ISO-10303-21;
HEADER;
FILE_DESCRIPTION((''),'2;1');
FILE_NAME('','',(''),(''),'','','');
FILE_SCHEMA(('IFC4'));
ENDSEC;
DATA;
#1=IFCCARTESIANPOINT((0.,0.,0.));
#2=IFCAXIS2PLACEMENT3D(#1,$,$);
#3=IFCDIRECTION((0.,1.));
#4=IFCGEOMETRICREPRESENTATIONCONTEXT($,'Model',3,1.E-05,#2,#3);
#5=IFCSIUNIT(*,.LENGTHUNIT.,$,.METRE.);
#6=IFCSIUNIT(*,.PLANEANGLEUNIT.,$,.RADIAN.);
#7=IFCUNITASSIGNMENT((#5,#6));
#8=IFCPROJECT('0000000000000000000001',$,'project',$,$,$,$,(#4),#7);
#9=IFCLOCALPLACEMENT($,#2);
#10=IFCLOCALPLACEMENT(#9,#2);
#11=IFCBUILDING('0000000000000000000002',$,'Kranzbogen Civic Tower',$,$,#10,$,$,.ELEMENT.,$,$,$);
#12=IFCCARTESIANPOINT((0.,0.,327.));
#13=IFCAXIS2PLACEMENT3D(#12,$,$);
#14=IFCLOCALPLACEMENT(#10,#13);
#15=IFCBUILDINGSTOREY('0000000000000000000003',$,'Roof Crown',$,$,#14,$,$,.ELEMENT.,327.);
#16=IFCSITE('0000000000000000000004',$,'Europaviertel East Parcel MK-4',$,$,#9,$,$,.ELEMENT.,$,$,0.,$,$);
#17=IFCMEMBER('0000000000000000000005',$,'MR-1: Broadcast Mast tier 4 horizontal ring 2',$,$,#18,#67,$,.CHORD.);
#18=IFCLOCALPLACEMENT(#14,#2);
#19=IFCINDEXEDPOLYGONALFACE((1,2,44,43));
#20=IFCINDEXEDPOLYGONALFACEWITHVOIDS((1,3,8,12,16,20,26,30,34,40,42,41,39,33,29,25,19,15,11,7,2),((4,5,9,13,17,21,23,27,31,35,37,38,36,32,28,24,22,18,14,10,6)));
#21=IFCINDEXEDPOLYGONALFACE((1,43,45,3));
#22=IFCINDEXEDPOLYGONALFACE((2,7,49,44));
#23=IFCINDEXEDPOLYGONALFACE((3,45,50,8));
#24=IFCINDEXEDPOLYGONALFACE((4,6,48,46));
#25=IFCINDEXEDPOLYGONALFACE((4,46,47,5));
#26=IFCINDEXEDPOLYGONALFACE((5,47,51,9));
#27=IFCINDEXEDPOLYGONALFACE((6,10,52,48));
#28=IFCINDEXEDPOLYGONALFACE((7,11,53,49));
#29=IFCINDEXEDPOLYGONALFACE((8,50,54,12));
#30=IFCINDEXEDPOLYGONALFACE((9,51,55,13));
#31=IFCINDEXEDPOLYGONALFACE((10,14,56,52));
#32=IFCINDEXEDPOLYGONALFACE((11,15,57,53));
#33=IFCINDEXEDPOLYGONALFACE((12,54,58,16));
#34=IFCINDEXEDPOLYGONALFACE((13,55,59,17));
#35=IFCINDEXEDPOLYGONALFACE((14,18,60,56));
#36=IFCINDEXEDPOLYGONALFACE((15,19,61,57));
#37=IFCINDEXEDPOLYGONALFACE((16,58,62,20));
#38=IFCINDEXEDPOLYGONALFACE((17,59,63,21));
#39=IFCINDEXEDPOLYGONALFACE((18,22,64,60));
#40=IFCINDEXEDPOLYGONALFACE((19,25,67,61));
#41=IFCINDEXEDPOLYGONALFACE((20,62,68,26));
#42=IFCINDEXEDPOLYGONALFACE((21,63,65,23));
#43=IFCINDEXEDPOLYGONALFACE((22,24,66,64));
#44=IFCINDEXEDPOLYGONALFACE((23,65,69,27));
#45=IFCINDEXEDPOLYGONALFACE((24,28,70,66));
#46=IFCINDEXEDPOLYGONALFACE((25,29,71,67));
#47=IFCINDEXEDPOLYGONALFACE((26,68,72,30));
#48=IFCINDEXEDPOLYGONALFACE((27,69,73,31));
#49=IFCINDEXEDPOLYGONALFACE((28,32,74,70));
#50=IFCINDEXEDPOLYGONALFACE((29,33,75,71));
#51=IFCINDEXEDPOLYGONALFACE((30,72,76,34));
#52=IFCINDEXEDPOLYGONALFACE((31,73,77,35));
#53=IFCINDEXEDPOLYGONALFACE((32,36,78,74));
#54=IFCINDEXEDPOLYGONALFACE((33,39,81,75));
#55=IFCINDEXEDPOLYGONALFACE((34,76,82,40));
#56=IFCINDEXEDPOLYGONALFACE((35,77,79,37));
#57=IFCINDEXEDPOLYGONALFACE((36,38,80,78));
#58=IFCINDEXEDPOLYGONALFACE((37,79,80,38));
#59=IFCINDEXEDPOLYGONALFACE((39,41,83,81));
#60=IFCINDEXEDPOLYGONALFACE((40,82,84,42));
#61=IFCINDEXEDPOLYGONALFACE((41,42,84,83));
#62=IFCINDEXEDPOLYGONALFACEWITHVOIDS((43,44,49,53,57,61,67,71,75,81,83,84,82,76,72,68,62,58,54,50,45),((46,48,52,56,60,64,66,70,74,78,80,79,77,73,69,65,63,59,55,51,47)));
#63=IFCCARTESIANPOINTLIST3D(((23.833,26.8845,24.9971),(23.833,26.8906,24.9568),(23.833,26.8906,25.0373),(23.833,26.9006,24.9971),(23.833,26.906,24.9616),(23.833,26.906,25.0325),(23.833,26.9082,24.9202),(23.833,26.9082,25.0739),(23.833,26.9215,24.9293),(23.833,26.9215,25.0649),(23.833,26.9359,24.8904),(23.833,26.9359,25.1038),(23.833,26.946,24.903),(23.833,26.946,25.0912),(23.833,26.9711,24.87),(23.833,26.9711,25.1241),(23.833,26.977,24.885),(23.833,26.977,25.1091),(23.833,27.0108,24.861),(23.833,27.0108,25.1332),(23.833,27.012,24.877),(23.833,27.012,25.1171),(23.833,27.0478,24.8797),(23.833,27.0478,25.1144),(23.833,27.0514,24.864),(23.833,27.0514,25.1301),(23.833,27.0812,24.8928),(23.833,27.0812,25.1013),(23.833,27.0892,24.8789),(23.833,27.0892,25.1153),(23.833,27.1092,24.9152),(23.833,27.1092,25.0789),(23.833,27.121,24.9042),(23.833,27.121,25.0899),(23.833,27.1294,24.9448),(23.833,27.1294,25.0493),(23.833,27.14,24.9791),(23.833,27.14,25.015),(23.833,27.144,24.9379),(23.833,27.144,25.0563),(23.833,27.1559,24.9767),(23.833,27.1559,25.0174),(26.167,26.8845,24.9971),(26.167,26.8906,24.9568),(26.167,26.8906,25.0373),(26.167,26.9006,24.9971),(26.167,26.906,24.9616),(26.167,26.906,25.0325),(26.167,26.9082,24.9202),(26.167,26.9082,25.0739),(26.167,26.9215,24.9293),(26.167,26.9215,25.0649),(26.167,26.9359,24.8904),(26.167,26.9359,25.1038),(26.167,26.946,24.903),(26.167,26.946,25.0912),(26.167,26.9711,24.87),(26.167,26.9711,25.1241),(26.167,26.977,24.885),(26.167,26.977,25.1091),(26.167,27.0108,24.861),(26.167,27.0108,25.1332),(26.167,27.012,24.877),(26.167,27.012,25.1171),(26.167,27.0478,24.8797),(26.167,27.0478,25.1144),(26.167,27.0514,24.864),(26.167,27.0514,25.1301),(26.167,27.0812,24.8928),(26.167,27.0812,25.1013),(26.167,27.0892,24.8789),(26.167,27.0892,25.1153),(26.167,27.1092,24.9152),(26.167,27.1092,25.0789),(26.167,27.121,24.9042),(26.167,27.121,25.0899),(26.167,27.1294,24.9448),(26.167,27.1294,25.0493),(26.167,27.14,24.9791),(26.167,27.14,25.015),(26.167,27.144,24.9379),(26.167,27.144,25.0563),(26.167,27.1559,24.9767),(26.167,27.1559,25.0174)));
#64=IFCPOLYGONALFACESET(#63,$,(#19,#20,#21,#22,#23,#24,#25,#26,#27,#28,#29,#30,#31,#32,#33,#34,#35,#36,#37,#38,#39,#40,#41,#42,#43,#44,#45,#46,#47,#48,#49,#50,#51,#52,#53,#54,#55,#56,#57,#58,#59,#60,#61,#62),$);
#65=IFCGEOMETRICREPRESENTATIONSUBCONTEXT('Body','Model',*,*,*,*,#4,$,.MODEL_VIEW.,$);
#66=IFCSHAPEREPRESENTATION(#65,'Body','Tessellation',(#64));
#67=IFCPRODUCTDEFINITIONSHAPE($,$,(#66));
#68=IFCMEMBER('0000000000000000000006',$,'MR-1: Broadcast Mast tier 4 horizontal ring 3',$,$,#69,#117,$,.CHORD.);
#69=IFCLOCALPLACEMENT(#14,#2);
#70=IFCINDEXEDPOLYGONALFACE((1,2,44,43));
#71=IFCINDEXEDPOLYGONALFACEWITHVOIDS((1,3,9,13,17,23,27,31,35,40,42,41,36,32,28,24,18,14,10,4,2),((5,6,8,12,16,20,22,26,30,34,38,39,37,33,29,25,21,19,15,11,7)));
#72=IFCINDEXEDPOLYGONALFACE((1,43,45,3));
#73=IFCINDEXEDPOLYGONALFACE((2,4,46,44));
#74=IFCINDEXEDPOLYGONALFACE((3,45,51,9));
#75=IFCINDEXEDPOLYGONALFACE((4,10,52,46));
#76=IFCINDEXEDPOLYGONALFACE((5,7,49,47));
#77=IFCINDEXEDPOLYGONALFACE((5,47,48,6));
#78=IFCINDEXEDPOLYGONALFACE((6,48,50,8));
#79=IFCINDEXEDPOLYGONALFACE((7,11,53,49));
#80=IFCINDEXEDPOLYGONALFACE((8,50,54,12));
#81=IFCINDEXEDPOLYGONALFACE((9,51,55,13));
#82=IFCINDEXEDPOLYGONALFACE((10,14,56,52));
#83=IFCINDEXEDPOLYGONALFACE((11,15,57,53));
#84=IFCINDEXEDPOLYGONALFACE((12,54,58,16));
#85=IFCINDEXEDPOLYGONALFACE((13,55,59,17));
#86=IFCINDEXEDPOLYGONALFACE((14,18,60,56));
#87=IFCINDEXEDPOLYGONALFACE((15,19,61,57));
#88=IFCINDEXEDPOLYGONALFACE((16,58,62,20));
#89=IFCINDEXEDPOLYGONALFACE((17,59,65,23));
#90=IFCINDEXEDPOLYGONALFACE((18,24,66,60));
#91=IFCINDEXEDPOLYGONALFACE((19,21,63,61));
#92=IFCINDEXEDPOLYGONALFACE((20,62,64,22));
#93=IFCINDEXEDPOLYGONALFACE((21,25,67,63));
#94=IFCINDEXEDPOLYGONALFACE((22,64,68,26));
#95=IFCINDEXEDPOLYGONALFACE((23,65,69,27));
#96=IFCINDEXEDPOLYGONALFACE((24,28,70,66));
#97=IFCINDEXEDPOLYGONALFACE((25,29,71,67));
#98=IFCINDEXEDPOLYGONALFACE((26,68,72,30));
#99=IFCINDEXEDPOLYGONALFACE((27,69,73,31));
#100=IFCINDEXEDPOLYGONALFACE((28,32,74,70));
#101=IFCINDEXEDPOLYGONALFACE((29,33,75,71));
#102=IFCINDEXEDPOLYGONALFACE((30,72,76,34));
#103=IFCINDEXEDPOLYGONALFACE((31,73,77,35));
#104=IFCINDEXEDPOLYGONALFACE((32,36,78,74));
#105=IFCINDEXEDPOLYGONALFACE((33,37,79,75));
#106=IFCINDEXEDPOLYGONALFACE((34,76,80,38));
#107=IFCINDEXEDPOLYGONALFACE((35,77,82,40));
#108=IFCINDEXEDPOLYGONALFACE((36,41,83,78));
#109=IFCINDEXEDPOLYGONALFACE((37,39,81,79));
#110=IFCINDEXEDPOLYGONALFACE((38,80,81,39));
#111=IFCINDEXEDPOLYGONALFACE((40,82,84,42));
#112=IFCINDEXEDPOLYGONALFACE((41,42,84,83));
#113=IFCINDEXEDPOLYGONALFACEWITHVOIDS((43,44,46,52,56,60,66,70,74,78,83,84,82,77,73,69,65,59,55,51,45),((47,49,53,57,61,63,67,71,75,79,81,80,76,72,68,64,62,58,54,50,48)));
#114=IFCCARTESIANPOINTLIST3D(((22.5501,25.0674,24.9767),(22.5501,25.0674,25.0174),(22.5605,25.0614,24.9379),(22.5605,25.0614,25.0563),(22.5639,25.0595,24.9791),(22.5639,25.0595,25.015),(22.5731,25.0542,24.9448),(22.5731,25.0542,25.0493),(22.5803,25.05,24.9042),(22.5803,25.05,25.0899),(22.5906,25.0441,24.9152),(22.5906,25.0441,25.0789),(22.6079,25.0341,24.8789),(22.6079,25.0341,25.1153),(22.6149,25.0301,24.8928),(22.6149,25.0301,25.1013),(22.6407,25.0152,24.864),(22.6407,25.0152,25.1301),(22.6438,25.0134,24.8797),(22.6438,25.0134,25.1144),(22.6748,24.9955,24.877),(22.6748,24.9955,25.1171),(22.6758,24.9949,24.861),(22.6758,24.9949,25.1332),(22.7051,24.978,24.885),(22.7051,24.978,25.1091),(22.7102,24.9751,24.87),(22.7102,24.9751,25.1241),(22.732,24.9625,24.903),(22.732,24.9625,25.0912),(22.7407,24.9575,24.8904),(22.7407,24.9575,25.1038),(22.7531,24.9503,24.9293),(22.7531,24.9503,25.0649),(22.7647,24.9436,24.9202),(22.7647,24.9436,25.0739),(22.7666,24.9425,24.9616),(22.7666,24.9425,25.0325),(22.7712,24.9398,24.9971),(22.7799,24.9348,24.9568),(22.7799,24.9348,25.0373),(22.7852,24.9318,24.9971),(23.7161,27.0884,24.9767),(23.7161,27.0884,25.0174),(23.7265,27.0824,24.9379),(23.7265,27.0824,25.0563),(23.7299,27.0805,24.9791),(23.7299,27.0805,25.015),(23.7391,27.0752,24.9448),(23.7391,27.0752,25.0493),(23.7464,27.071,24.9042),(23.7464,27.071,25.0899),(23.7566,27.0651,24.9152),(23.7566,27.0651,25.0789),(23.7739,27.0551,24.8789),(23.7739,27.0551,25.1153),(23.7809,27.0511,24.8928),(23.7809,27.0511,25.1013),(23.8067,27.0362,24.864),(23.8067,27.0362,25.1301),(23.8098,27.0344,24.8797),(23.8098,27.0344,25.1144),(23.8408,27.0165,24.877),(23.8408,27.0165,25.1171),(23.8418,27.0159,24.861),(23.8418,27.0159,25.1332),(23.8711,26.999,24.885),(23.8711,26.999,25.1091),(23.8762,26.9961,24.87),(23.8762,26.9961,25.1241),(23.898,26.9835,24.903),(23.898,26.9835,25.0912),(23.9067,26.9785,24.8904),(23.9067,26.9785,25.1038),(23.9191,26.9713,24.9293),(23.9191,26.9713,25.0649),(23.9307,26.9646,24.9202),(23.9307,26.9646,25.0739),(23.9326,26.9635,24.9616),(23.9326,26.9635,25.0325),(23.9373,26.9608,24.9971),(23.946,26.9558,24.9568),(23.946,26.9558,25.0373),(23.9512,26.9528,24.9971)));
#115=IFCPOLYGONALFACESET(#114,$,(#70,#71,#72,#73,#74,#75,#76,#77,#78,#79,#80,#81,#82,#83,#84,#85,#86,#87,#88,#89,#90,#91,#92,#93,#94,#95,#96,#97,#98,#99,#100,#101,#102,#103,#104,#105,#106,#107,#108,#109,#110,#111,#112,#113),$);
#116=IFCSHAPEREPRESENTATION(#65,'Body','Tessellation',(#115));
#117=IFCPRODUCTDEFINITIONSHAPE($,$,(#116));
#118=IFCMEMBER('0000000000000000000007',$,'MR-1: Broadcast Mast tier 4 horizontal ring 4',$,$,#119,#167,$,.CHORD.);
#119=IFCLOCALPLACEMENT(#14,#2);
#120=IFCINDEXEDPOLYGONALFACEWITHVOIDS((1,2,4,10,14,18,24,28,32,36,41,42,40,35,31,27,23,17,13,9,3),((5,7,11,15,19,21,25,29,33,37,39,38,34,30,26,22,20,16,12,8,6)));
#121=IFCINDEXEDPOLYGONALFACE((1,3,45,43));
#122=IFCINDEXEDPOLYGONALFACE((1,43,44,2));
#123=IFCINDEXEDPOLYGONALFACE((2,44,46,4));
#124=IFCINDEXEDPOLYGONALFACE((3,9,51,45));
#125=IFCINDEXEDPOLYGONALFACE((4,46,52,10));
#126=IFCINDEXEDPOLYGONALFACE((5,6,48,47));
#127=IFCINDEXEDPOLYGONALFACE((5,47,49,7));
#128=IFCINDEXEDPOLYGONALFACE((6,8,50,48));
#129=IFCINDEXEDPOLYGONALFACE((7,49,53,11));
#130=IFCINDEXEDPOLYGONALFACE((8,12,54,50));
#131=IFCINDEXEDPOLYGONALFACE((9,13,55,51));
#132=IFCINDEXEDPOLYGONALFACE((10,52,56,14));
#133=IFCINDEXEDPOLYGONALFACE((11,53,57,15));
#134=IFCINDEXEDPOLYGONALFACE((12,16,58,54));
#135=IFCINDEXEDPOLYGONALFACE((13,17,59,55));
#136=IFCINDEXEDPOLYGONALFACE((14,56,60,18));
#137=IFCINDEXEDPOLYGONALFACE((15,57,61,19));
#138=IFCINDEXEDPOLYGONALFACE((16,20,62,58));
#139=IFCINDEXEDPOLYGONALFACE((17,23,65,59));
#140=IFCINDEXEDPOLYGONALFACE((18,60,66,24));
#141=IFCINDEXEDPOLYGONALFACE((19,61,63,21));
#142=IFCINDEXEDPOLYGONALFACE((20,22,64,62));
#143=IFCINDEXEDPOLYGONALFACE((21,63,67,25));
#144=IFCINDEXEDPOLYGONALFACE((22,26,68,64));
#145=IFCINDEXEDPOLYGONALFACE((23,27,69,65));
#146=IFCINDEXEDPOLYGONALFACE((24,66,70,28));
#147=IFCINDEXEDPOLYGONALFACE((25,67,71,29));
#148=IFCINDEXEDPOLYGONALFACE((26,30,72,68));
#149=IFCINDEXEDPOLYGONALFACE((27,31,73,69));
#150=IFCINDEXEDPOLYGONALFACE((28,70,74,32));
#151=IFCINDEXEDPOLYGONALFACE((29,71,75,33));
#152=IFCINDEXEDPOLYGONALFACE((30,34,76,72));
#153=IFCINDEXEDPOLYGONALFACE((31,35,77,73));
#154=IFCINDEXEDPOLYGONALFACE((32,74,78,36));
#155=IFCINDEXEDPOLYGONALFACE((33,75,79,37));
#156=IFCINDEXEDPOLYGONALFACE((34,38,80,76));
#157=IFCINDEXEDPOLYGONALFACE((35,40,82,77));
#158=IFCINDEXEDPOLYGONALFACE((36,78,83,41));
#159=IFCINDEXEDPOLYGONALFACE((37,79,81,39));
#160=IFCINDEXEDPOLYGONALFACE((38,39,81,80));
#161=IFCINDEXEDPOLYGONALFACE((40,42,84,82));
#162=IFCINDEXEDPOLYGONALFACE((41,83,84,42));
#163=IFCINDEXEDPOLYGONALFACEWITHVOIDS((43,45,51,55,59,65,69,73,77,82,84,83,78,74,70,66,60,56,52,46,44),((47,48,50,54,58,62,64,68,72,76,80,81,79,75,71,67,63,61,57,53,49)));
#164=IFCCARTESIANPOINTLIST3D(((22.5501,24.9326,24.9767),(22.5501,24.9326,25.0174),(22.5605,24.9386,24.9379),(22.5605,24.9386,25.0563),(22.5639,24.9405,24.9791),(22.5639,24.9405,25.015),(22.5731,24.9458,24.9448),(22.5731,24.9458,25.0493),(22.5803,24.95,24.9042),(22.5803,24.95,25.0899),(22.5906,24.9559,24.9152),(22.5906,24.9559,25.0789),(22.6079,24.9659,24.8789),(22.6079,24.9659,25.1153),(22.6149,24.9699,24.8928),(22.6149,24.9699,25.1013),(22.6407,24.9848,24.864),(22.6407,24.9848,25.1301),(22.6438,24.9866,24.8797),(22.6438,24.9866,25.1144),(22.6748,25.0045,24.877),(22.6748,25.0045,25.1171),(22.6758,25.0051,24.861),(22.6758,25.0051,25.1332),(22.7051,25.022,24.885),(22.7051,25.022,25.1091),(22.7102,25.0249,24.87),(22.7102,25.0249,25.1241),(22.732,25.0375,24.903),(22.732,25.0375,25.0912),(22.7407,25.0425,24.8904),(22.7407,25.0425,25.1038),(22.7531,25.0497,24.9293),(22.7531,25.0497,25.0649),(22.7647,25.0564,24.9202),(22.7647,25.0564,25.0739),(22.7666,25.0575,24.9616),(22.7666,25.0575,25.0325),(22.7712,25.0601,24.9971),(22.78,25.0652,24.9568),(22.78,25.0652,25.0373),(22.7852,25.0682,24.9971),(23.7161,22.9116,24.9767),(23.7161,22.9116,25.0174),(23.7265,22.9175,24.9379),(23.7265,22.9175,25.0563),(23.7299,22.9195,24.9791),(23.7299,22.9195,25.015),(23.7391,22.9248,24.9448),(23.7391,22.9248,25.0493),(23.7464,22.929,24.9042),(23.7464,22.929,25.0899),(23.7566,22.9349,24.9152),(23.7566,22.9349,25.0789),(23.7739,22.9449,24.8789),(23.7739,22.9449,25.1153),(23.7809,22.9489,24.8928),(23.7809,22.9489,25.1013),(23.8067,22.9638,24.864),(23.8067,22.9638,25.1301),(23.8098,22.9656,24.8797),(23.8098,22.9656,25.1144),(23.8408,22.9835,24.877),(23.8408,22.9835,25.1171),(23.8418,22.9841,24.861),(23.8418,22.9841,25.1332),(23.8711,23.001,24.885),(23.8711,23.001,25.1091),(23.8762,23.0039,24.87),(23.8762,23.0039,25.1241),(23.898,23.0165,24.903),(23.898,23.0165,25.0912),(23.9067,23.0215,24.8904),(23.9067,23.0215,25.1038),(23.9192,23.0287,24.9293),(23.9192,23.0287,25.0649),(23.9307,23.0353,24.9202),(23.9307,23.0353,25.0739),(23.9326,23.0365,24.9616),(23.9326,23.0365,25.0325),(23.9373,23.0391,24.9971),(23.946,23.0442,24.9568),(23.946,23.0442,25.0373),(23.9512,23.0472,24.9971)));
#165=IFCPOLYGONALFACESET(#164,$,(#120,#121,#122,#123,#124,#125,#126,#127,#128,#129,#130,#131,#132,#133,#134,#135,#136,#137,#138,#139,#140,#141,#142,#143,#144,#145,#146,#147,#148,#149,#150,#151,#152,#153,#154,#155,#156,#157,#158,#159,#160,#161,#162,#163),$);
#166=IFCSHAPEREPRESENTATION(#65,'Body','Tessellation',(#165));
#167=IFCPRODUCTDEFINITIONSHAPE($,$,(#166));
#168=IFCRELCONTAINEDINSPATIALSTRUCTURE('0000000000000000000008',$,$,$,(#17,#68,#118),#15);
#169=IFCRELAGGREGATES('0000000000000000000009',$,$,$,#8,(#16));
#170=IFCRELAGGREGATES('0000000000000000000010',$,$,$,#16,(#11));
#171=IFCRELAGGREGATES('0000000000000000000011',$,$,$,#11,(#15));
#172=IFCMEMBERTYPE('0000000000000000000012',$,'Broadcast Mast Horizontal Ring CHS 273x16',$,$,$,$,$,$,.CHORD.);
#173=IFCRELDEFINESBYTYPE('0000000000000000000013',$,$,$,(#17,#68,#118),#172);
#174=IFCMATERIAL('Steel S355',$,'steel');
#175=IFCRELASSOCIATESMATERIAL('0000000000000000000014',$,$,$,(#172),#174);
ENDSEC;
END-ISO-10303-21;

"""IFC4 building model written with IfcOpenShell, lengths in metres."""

from ifc_helpers import new_model, si_unit, direction, frame, origin, origin_2d, place, context, subcontext, project, spatial, hollow_circle, extrude, material, material_profile, profile_set, type_object, element, save


model = new_model("IFC4")

# Units and contexts
model_context = context("Model", 3, precision=1e-05, world=origin(), true_north=direction((0.0, 1.0)))
body_context = subcontext(model_context, "Body", "Model", "MODEL_VIEW")
ifc_project = project(units=[si_unit("LENGTHUNIT", "METRE"), si_unit("PLANEANGLEUNIT", "RADIAN")], contexts=[model_context])

# Site, building, storey
site_placement = place(None, origin())
site = spatial("IfcSite", under=ifc_project, at=site_placement, Name="Europaviertel East Parcel MK-4", CompositionType="ELEMENT", RefElevation=0.0)
building_placement = place(site_placement, origin())
building = spatial("IfcBuilding", under=site, at=building_placement, Name="Kranzbogen Civic Tower", CompositionType="ELEMENT")
storey_placement = place(building_placement, frame((0.0, 0.0, 327.0)))
storey = spatial("IfcBuildingStorey", under=building, at=storey_placement, Name="Roof Crown", CompositionType="ELEMENT", Elevation=327.0)

# Members
ifc_material = material(Name="Steel S355", Category="steel")
ifc_material_profile_1 = material_profile(ifc_material, hollow_circle(Radius=0.1365, WallThickness=0.0161, at=origin_2d()), Name="CHS 273x16")
ifc_profile_set_1 = profile_set([ifc_material_profile_1], Name="Steel S355")
member_type_1 = type_object("IfcMemberType", Name="Broadcast Mast Horizontal Ring CHS 273x16", PredefinedType="CHORD", material=ifc_profile_set_1)
member_1_placement = place(storey_placement, frame((26.167, 27.021, 24.9971), z_axis=(-1.0, 0.0, 0.0), x_axis=(0.0, -1.0, 0.0)))
element("IfcMember", 1, at=member_1_placement, inside=storey, type_object=member_type_1, Name="MR-1: Broadcast Mast tier 4 horizontal ring 2", PredefinedType="CHORD", context=body_context, shape_type="SweptSolid", body=[
    extrude(hollow_circle(Radius=0.1365, WallThickness=0.0161, at=origin_2d()), origin(), (0.0, 0.0, 1.0), 2.334),
])
for number, where, z_axis, x_axis, name in (
    (2, (23.833, 27.021, 24.9971), (-0.499741, -0.866175, 0.0), (0.866175, -0.499741, 0.0), "MR-1: Broadcast Mast tier 4 horizontal ring 3"),
    (3, (22.667, 25.0, 24.9971), (0.499741, -0.866175, 0.0), (0.866175, 0.499741, 0.0), "MR-1: Broadcast Mast tier 4 horizontal ring 4"),
):
    element("IfcMember", number, at=place(storey_placement, frame(where, z_axis=z_axis, x_axis=x_axis)), inside=storey, type_object=member_type_1, Name=name, PredefinedType="CHORD", context=body_context, shape_type="SweptSolid", body=[
        extrude(hollow_circle(Radius=0.1365, WallThickness=0.0161, at=origin_2d()), origin(), (0.0, 0.0, 1.0), 2.3333),
    ])

save(model, "model.ifc")
